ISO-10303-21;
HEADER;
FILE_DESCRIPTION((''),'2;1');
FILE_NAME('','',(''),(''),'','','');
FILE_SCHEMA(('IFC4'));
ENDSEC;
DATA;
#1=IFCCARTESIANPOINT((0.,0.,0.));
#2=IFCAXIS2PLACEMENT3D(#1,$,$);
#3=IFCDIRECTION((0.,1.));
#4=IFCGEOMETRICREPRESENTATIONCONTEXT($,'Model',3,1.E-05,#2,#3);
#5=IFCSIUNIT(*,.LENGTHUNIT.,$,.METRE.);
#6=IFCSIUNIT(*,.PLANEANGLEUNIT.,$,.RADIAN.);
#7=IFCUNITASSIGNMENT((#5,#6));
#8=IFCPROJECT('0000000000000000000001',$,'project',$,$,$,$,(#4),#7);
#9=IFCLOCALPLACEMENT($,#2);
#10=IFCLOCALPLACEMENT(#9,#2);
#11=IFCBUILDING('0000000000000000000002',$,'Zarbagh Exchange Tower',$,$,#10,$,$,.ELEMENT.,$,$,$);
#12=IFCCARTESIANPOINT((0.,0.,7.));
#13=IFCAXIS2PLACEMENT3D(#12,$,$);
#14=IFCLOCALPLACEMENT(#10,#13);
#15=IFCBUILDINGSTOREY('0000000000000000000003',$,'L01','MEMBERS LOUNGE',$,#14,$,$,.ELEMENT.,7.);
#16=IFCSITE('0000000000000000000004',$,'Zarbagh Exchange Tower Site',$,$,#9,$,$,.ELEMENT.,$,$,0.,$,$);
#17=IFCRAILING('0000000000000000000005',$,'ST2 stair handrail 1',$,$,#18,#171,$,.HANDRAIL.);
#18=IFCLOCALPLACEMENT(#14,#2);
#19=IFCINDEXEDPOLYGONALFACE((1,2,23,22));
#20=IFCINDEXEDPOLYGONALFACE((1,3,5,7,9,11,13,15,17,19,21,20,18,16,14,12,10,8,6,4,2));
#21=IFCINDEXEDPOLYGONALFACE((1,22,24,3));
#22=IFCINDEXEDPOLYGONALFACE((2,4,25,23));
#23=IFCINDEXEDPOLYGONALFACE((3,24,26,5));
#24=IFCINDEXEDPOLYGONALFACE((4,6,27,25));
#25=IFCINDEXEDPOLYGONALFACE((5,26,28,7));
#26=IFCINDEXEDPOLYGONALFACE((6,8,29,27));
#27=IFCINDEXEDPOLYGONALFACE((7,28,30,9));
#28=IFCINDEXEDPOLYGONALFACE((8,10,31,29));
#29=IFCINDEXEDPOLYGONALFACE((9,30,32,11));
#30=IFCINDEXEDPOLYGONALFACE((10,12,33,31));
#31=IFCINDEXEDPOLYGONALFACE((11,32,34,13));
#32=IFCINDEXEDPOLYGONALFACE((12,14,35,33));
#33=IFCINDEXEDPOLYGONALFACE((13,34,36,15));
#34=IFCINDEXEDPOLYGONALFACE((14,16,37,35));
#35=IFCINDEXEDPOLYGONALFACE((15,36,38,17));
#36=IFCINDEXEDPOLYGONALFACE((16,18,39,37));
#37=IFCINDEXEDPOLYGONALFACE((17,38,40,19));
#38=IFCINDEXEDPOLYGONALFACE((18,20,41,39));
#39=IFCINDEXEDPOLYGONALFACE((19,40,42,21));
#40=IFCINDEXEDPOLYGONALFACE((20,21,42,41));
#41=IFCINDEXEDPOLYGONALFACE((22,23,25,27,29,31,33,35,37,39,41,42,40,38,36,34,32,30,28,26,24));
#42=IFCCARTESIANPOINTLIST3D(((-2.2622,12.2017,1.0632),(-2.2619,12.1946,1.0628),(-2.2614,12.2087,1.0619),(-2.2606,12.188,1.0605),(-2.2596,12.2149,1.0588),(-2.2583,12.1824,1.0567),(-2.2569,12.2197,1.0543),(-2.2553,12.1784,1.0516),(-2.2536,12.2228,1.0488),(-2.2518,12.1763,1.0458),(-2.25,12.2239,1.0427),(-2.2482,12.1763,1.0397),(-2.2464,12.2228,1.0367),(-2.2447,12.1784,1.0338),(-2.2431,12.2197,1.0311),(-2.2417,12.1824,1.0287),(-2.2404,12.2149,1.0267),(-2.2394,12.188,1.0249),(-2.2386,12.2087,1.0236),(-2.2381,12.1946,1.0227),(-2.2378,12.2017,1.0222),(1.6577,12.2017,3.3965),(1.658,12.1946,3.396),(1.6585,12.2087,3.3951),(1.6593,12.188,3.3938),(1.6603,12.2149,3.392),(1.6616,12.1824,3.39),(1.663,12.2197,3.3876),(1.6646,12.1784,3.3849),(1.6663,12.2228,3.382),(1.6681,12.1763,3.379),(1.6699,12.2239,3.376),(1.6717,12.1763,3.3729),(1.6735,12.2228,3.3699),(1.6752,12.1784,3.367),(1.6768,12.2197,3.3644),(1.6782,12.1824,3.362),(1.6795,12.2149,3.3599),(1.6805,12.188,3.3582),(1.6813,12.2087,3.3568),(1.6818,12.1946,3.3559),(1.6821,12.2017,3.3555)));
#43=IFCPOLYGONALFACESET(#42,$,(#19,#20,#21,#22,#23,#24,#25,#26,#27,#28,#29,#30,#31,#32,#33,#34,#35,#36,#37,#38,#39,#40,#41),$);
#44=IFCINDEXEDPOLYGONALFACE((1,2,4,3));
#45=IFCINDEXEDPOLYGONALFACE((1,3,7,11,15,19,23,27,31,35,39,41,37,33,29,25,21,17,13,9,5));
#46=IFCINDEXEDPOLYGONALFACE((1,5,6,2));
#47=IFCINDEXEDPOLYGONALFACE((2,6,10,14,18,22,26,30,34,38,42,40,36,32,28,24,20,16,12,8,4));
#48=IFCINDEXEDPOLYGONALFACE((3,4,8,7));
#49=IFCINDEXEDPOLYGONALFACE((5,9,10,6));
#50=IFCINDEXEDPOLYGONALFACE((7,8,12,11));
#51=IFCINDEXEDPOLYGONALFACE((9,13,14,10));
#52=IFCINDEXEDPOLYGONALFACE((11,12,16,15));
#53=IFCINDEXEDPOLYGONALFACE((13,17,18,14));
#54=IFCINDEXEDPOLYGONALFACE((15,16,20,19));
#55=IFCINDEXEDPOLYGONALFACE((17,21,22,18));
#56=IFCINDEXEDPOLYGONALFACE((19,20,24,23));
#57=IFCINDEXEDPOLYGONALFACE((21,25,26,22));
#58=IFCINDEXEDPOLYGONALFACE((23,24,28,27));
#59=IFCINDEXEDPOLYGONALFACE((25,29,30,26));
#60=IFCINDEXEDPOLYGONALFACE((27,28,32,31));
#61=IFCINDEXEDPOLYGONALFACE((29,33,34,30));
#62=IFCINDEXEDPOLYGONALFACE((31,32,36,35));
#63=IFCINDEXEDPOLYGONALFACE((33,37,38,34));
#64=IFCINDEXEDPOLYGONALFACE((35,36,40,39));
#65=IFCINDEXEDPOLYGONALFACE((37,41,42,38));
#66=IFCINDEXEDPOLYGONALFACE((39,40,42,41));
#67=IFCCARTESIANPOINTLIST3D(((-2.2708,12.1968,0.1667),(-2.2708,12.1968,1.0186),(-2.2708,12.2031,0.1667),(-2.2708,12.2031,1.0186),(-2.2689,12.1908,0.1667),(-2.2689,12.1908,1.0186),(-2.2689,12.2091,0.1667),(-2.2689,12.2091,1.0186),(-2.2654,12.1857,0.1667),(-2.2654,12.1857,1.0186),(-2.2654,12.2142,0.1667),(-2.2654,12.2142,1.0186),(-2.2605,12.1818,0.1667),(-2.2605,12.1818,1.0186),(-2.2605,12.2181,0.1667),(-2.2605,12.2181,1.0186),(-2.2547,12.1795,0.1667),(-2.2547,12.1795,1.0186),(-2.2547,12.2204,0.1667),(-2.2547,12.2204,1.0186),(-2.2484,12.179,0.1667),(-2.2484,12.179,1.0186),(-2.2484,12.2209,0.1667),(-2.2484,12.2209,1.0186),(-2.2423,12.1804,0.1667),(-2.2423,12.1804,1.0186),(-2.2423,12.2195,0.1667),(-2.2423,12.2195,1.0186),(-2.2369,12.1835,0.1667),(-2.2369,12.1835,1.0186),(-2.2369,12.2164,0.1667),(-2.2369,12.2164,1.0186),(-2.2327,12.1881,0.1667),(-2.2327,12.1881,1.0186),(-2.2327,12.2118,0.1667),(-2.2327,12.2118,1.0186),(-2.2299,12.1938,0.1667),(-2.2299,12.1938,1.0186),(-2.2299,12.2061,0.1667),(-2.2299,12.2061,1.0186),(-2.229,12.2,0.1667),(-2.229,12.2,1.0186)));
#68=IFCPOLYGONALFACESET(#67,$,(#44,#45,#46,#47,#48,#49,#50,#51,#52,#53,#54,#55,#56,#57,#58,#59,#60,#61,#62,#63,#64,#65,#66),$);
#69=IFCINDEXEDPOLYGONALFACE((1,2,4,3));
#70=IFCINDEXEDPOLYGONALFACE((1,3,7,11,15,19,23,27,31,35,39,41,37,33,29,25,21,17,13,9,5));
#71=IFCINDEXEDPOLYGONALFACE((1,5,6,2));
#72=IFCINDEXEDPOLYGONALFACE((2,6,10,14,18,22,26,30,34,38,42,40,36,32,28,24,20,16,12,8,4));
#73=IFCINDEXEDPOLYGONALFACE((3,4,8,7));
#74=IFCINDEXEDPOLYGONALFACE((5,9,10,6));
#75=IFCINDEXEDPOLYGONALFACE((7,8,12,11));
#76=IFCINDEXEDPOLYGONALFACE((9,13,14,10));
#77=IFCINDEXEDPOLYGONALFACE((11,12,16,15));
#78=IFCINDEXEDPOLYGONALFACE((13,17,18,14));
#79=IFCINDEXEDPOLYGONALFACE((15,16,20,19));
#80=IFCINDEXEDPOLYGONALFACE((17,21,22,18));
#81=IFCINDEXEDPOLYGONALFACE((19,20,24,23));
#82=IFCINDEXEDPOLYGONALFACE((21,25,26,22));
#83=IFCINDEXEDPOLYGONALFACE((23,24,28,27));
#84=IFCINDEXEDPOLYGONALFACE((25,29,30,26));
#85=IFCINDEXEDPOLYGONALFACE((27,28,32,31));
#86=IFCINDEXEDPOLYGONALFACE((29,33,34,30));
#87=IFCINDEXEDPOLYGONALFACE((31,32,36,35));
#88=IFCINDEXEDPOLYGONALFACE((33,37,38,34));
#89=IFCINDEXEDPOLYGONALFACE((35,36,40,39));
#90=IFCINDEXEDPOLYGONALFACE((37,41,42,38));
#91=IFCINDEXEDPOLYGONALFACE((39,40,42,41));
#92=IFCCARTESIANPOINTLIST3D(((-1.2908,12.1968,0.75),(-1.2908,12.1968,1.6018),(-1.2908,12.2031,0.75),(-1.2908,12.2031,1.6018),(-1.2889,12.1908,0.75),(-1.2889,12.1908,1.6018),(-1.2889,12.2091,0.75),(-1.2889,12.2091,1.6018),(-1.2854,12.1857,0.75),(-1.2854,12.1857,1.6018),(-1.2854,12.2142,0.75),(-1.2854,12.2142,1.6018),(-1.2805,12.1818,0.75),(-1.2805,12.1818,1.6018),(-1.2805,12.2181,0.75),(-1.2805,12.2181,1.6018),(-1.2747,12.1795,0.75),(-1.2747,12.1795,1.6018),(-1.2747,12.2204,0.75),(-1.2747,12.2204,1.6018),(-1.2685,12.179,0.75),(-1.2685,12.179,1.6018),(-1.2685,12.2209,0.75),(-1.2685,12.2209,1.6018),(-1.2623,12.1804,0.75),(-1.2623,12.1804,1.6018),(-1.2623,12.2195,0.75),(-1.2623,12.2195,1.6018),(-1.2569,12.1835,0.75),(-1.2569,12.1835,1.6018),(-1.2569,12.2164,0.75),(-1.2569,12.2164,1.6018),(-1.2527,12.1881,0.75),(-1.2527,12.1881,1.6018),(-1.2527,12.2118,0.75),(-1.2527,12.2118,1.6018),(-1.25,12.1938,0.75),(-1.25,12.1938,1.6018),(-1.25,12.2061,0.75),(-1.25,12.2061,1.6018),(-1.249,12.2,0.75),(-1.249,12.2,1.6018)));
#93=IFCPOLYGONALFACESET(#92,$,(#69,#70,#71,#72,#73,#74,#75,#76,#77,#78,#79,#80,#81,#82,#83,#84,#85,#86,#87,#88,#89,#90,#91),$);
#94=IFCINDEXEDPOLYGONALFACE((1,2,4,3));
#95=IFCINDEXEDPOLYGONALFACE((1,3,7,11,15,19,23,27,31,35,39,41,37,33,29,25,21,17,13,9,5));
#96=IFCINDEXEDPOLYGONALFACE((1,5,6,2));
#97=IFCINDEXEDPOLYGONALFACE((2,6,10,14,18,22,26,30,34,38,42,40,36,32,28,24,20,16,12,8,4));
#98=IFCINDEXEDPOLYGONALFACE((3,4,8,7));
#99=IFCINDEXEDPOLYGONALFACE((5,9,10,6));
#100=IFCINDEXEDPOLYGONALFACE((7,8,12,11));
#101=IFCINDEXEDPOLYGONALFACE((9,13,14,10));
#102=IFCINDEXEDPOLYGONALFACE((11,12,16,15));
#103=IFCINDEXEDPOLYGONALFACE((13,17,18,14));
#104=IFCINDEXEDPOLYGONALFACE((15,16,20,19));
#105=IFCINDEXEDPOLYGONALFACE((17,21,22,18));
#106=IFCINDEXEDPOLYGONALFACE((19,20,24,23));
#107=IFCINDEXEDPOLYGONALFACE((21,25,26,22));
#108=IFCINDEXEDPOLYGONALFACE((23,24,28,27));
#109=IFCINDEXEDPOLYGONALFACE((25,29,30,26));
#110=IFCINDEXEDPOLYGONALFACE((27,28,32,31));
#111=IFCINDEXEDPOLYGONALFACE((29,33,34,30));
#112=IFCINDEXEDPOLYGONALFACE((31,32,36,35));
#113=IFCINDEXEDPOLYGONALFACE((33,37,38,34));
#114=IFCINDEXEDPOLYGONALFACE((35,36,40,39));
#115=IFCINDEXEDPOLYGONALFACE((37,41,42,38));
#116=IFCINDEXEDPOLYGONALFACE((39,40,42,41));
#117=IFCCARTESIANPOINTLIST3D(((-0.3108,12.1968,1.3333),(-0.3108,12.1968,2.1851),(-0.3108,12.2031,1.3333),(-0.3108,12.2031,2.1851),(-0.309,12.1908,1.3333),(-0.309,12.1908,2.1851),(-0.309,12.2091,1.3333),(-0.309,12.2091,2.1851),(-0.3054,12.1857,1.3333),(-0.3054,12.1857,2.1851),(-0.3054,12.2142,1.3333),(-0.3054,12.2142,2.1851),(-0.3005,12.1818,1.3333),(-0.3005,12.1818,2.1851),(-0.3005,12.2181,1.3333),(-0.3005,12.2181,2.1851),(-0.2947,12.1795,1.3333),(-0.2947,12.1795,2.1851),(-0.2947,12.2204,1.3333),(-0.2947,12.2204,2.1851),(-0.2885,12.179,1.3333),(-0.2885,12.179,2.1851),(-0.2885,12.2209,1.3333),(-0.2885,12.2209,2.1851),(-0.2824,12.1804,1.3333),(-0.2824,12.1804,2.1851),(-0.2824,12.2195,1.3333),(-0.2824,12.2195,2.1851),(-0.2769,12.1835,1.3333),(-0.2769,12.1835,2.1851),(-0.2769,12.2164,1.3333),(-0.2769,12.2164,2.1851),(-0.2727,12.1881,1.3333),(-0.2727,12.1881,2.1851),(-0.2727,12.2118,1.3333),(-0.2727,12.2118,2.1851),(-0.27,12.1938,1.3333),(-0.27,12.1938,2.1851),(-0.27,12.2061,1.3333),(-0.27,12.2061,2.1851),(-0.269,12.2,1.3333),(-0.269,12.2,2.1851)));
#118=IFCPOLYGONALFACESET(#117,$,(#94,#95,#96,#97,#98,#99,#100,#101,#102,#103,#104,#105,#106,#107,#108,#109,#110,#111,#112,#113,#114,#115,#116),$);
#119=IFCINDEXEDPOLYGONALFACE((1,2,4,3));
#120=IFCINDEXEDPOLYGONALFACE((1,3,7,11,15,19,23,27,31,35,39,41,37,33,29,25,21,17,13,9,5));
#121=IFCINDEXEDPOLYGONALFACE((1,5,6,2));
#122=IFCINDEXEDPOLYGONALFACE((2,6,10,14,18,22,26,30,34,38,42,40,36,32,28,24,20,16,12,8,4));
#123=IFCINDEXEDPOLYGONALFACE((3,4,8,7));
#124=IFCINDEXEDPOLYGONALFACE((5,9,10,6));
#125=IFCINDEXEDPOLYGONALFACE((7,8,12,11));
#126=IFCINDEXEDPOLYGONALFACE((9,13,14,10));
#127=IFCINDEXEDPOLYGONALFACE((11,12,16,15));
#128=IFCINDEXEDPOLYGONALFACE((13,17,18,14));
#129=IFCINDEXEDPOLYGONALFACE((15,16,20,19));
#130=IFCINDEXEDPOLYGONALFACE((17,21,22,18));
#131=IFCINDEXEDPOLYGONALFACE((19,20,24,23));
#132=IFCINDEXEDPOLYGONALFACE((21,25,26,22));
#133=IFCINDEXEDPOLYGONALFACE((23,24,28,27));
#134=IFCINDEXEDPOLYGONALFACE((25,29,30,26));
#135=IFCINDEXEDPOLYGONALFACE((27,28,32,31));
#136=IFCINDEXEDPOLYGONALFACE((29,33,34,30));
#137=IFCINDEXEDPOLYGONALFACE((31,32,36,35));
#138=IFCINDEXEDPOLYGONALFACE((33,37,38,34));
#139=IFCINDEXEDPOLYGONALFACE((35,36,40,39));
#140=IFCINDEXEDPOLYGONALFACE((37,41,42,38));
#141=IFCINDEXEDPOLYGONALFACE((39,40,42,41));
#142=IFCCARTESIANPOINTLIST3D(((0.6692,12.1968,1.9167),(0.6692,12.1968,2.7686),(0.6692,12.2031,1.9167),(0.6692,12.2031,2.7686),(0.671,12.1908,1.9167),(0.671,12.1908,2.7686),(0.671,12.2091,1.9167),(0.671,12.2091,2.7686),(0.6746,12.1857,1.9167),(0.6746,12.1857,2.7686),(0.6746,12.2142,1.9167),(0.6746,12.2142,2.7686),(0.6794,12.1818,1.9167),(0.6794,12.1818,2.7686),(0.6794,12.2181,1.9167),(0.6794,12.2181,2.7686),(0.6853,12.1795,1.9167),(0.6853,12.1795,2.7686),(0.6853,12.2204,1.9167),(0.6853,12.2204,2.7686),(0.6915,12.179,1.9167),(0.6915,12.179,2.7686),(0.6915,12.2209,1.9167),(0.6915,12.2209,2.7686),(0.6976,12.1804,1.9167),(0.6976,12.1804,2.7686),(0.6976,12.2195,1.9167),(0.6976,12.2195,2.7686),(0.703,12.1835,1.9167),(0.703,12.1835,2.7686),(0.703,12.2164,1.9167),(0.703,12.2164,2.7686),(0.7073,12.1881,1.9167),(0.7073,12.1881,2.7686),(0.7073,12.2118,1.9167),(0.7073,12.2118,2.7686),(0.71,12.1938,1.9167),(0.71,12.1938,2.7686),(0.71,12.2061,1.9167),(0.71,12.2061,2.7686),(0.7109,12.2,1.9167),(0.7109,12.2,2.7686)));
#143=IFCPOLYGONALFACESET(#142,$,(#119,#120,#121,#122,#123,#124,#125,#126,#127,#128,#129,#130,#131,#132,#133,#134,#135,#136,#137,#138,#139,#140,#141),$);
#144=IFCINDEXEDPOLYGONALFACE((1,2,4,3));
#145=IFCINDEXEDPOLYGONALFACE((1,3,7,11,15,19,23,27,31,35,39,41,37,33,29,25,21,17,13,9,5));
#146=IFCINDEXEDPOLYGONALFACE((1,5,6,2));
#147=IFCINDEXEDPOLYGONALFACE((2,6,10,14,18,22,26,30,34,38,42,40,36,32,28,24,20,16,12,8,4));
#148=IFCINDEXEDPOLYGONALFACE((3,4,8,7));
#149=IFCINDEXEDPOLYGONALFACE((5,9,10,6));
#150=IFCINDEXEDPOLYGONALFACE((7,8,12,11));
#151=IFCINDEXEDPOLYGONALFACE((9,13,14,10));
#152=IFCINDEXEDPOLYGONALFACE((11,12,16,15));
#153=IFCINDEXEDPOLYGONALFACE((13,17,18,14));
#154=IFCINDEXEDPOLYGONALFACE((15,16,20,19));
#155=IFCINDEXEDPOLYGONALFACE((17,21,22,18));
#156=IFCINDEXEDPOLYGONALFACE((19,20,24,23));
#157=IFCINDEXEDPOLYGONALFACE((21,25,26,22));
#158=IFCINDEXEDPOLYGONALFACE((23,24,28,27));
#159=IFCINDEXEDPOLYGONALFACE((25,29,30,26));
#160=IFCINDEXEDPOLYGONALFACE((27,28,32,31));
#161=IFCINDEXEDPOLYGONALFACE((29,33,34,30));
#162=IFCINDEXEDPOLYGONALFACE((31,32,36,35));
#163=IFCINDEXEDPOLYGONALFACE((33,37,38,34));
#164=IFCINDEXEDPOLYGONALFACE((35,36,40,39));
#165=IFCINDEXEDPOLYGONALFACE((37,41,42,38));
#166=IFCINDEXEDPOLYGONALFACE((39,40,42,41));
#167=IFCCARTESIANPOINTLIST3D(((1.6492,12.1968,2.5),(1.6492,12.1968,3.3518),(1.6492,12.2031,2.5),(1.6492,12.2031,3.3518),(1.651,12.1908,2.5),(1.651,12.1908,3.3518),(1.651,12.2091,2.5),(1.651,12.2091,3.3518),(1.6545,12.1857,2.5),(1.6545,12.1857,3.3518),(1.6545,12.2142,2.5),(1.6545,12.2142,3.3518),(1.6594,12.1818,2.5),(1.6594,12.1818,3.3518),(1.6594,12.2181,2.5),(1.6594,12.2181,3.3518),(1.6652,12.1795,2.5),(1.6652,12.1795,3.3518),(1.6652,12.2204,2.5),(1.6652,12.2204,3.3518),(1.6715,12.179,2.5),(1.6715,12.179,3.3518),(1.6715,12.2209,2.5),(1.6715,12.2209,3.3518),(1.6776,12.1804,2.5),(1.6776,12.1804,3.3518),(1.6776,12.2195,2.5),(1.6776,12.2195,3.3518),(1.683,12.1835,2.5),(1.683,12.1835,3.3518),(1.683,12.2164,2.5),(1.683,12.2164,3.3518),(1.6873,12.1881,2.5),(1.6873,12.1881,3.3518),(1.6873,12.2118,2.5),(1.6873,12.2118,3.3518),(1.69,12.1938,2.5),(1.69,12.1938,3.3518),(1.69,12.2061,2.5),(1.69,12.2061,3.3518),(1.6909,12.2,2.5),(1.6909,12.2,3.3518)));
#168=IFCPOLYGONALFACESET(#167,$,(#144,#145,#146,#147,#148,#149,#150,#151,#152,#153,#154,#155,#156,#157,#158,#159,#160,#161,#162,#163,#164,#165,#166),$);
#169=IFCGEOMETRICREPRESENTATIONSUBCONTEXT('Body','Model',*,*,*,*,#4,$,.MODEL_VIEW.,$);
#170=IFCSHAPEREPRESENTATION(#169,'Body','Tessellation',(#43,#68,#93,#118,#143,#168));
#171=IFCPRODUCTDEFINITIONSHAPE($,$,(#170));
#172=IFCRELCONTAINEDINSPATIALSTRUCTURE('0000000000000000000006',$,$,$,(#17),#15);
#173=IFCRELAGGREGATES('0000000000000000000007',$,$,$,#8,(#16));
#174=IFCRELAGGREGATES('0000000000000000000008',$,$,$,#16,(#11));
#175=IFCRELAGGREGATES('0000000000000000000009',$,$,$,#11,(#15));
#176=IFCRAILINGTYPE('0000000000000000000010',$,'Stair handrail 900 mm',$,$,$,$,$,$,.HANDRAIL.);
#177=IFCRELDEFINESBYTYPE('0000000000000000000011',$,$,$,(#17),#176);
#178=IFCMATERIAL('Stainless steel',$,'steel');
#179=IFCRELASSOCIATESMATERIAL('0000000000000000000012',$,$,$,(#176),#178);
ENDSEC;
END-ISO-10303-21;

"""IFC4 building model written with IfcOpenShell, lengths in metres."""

from ifc_helpers import new_model, si_unit, direction, frame, origin, origin_2d, place, context, subcontext, project, spatial, circle, extrude, material, type_object, element, save


model = new_model("IFC4")

# Units and contexts
model_context = context("Model", 3, precision=1e-05, world=origin(), true_north=direction((0.0, 1.0)))
body_context = subcontext(model_context, "Body", "Model", "MODEL_VIEW")
ifc_project = project(units=[si_unit("LENGTHUNIT", "METRE"), si_unit("PLANEANGLEUNIT", "RADIAN")], contexts=[model_context])

# Site, building, storey
site_placement = place(None, origin())
site = spatial("IfcSite", under=ifc_project, at=site_placement, Name="Zarbagh Exchange Tower Site", CompositionType="ELEMENT", RefElevation=0.0)
building_placement = place(site_placement, origin())
building = spatial("IfcBuilding", under=site, at=building_placement, Name="Zarbagh Exchange Tower", CompositionType="ELEMENT")
storey_placement = place(building_placement, frame((0.0, 0.0, 7.0)))
storey = spatial("IfcBuildingStorey", under=building, at=storey_placement, Name="L01", Description="MEMBERS LOUNGE", CompositionType="ELEMENT", Elevation=7.0)

# Shared definitions
ifc_material_1 = material(Name="Stainless steel", Category="steel")

# Railing
railing_type_1 = type_object("IfcRailingType", Name="Stair handrail 900 mm", PredefinedType="HANDRAIL", material=ifc_material_1)
for number, where, name in (
    (1, (-2.25, 12.2, 0.1667), "ST2 stair handrail 1"),
):
    element("IfcRailing", number, at=place(storey_placement, frame(where)), inside=storey, type_object=railing_type_1, Name=name, PredefinedType="HANDRAIL", context=body_context, shape_type="SweptSolid", body=[
        extrude(circle(Radius=0.0239, at=origin_2d()), frame((0.0, 0.0, 0.876), z_axis=(0.859296, 0.0, 0.511478), x_axis=(0.0, 1.0, 0.0)), (0.0, 0.0, 1.0), 4.5618),
        extrude(circle(Radius=0.021, at=origin_2d()), origin(), (0.0, 0.0, 1.0), 0.8518),
        extrude(circle(Radius=0.021, at=origin_2d()), frame((0.98, 0.0, 0.5833)), (0.0, 0.0, 1.0), 0.8518),
        extrude(circle(Radius=0.021, at=origin_2d()), frame((1.96, 0.0, 1.1665)), (0.0, 0.0, 1.0), 0.8518),
        extrude(circle(Radius=0.021, at=origin_2d()), frame((2.9399, 0.0, 1.75)), (0.0, 0.0, 1.0), 0.8518),
        extrude(circle(Radius=0.021, at=origin_2d()), frame((3.9199, 0.0, 2.3333)), (0.0, 0.0, 1.0), 0.8518),
    ])

save(model, "model.ifc")
